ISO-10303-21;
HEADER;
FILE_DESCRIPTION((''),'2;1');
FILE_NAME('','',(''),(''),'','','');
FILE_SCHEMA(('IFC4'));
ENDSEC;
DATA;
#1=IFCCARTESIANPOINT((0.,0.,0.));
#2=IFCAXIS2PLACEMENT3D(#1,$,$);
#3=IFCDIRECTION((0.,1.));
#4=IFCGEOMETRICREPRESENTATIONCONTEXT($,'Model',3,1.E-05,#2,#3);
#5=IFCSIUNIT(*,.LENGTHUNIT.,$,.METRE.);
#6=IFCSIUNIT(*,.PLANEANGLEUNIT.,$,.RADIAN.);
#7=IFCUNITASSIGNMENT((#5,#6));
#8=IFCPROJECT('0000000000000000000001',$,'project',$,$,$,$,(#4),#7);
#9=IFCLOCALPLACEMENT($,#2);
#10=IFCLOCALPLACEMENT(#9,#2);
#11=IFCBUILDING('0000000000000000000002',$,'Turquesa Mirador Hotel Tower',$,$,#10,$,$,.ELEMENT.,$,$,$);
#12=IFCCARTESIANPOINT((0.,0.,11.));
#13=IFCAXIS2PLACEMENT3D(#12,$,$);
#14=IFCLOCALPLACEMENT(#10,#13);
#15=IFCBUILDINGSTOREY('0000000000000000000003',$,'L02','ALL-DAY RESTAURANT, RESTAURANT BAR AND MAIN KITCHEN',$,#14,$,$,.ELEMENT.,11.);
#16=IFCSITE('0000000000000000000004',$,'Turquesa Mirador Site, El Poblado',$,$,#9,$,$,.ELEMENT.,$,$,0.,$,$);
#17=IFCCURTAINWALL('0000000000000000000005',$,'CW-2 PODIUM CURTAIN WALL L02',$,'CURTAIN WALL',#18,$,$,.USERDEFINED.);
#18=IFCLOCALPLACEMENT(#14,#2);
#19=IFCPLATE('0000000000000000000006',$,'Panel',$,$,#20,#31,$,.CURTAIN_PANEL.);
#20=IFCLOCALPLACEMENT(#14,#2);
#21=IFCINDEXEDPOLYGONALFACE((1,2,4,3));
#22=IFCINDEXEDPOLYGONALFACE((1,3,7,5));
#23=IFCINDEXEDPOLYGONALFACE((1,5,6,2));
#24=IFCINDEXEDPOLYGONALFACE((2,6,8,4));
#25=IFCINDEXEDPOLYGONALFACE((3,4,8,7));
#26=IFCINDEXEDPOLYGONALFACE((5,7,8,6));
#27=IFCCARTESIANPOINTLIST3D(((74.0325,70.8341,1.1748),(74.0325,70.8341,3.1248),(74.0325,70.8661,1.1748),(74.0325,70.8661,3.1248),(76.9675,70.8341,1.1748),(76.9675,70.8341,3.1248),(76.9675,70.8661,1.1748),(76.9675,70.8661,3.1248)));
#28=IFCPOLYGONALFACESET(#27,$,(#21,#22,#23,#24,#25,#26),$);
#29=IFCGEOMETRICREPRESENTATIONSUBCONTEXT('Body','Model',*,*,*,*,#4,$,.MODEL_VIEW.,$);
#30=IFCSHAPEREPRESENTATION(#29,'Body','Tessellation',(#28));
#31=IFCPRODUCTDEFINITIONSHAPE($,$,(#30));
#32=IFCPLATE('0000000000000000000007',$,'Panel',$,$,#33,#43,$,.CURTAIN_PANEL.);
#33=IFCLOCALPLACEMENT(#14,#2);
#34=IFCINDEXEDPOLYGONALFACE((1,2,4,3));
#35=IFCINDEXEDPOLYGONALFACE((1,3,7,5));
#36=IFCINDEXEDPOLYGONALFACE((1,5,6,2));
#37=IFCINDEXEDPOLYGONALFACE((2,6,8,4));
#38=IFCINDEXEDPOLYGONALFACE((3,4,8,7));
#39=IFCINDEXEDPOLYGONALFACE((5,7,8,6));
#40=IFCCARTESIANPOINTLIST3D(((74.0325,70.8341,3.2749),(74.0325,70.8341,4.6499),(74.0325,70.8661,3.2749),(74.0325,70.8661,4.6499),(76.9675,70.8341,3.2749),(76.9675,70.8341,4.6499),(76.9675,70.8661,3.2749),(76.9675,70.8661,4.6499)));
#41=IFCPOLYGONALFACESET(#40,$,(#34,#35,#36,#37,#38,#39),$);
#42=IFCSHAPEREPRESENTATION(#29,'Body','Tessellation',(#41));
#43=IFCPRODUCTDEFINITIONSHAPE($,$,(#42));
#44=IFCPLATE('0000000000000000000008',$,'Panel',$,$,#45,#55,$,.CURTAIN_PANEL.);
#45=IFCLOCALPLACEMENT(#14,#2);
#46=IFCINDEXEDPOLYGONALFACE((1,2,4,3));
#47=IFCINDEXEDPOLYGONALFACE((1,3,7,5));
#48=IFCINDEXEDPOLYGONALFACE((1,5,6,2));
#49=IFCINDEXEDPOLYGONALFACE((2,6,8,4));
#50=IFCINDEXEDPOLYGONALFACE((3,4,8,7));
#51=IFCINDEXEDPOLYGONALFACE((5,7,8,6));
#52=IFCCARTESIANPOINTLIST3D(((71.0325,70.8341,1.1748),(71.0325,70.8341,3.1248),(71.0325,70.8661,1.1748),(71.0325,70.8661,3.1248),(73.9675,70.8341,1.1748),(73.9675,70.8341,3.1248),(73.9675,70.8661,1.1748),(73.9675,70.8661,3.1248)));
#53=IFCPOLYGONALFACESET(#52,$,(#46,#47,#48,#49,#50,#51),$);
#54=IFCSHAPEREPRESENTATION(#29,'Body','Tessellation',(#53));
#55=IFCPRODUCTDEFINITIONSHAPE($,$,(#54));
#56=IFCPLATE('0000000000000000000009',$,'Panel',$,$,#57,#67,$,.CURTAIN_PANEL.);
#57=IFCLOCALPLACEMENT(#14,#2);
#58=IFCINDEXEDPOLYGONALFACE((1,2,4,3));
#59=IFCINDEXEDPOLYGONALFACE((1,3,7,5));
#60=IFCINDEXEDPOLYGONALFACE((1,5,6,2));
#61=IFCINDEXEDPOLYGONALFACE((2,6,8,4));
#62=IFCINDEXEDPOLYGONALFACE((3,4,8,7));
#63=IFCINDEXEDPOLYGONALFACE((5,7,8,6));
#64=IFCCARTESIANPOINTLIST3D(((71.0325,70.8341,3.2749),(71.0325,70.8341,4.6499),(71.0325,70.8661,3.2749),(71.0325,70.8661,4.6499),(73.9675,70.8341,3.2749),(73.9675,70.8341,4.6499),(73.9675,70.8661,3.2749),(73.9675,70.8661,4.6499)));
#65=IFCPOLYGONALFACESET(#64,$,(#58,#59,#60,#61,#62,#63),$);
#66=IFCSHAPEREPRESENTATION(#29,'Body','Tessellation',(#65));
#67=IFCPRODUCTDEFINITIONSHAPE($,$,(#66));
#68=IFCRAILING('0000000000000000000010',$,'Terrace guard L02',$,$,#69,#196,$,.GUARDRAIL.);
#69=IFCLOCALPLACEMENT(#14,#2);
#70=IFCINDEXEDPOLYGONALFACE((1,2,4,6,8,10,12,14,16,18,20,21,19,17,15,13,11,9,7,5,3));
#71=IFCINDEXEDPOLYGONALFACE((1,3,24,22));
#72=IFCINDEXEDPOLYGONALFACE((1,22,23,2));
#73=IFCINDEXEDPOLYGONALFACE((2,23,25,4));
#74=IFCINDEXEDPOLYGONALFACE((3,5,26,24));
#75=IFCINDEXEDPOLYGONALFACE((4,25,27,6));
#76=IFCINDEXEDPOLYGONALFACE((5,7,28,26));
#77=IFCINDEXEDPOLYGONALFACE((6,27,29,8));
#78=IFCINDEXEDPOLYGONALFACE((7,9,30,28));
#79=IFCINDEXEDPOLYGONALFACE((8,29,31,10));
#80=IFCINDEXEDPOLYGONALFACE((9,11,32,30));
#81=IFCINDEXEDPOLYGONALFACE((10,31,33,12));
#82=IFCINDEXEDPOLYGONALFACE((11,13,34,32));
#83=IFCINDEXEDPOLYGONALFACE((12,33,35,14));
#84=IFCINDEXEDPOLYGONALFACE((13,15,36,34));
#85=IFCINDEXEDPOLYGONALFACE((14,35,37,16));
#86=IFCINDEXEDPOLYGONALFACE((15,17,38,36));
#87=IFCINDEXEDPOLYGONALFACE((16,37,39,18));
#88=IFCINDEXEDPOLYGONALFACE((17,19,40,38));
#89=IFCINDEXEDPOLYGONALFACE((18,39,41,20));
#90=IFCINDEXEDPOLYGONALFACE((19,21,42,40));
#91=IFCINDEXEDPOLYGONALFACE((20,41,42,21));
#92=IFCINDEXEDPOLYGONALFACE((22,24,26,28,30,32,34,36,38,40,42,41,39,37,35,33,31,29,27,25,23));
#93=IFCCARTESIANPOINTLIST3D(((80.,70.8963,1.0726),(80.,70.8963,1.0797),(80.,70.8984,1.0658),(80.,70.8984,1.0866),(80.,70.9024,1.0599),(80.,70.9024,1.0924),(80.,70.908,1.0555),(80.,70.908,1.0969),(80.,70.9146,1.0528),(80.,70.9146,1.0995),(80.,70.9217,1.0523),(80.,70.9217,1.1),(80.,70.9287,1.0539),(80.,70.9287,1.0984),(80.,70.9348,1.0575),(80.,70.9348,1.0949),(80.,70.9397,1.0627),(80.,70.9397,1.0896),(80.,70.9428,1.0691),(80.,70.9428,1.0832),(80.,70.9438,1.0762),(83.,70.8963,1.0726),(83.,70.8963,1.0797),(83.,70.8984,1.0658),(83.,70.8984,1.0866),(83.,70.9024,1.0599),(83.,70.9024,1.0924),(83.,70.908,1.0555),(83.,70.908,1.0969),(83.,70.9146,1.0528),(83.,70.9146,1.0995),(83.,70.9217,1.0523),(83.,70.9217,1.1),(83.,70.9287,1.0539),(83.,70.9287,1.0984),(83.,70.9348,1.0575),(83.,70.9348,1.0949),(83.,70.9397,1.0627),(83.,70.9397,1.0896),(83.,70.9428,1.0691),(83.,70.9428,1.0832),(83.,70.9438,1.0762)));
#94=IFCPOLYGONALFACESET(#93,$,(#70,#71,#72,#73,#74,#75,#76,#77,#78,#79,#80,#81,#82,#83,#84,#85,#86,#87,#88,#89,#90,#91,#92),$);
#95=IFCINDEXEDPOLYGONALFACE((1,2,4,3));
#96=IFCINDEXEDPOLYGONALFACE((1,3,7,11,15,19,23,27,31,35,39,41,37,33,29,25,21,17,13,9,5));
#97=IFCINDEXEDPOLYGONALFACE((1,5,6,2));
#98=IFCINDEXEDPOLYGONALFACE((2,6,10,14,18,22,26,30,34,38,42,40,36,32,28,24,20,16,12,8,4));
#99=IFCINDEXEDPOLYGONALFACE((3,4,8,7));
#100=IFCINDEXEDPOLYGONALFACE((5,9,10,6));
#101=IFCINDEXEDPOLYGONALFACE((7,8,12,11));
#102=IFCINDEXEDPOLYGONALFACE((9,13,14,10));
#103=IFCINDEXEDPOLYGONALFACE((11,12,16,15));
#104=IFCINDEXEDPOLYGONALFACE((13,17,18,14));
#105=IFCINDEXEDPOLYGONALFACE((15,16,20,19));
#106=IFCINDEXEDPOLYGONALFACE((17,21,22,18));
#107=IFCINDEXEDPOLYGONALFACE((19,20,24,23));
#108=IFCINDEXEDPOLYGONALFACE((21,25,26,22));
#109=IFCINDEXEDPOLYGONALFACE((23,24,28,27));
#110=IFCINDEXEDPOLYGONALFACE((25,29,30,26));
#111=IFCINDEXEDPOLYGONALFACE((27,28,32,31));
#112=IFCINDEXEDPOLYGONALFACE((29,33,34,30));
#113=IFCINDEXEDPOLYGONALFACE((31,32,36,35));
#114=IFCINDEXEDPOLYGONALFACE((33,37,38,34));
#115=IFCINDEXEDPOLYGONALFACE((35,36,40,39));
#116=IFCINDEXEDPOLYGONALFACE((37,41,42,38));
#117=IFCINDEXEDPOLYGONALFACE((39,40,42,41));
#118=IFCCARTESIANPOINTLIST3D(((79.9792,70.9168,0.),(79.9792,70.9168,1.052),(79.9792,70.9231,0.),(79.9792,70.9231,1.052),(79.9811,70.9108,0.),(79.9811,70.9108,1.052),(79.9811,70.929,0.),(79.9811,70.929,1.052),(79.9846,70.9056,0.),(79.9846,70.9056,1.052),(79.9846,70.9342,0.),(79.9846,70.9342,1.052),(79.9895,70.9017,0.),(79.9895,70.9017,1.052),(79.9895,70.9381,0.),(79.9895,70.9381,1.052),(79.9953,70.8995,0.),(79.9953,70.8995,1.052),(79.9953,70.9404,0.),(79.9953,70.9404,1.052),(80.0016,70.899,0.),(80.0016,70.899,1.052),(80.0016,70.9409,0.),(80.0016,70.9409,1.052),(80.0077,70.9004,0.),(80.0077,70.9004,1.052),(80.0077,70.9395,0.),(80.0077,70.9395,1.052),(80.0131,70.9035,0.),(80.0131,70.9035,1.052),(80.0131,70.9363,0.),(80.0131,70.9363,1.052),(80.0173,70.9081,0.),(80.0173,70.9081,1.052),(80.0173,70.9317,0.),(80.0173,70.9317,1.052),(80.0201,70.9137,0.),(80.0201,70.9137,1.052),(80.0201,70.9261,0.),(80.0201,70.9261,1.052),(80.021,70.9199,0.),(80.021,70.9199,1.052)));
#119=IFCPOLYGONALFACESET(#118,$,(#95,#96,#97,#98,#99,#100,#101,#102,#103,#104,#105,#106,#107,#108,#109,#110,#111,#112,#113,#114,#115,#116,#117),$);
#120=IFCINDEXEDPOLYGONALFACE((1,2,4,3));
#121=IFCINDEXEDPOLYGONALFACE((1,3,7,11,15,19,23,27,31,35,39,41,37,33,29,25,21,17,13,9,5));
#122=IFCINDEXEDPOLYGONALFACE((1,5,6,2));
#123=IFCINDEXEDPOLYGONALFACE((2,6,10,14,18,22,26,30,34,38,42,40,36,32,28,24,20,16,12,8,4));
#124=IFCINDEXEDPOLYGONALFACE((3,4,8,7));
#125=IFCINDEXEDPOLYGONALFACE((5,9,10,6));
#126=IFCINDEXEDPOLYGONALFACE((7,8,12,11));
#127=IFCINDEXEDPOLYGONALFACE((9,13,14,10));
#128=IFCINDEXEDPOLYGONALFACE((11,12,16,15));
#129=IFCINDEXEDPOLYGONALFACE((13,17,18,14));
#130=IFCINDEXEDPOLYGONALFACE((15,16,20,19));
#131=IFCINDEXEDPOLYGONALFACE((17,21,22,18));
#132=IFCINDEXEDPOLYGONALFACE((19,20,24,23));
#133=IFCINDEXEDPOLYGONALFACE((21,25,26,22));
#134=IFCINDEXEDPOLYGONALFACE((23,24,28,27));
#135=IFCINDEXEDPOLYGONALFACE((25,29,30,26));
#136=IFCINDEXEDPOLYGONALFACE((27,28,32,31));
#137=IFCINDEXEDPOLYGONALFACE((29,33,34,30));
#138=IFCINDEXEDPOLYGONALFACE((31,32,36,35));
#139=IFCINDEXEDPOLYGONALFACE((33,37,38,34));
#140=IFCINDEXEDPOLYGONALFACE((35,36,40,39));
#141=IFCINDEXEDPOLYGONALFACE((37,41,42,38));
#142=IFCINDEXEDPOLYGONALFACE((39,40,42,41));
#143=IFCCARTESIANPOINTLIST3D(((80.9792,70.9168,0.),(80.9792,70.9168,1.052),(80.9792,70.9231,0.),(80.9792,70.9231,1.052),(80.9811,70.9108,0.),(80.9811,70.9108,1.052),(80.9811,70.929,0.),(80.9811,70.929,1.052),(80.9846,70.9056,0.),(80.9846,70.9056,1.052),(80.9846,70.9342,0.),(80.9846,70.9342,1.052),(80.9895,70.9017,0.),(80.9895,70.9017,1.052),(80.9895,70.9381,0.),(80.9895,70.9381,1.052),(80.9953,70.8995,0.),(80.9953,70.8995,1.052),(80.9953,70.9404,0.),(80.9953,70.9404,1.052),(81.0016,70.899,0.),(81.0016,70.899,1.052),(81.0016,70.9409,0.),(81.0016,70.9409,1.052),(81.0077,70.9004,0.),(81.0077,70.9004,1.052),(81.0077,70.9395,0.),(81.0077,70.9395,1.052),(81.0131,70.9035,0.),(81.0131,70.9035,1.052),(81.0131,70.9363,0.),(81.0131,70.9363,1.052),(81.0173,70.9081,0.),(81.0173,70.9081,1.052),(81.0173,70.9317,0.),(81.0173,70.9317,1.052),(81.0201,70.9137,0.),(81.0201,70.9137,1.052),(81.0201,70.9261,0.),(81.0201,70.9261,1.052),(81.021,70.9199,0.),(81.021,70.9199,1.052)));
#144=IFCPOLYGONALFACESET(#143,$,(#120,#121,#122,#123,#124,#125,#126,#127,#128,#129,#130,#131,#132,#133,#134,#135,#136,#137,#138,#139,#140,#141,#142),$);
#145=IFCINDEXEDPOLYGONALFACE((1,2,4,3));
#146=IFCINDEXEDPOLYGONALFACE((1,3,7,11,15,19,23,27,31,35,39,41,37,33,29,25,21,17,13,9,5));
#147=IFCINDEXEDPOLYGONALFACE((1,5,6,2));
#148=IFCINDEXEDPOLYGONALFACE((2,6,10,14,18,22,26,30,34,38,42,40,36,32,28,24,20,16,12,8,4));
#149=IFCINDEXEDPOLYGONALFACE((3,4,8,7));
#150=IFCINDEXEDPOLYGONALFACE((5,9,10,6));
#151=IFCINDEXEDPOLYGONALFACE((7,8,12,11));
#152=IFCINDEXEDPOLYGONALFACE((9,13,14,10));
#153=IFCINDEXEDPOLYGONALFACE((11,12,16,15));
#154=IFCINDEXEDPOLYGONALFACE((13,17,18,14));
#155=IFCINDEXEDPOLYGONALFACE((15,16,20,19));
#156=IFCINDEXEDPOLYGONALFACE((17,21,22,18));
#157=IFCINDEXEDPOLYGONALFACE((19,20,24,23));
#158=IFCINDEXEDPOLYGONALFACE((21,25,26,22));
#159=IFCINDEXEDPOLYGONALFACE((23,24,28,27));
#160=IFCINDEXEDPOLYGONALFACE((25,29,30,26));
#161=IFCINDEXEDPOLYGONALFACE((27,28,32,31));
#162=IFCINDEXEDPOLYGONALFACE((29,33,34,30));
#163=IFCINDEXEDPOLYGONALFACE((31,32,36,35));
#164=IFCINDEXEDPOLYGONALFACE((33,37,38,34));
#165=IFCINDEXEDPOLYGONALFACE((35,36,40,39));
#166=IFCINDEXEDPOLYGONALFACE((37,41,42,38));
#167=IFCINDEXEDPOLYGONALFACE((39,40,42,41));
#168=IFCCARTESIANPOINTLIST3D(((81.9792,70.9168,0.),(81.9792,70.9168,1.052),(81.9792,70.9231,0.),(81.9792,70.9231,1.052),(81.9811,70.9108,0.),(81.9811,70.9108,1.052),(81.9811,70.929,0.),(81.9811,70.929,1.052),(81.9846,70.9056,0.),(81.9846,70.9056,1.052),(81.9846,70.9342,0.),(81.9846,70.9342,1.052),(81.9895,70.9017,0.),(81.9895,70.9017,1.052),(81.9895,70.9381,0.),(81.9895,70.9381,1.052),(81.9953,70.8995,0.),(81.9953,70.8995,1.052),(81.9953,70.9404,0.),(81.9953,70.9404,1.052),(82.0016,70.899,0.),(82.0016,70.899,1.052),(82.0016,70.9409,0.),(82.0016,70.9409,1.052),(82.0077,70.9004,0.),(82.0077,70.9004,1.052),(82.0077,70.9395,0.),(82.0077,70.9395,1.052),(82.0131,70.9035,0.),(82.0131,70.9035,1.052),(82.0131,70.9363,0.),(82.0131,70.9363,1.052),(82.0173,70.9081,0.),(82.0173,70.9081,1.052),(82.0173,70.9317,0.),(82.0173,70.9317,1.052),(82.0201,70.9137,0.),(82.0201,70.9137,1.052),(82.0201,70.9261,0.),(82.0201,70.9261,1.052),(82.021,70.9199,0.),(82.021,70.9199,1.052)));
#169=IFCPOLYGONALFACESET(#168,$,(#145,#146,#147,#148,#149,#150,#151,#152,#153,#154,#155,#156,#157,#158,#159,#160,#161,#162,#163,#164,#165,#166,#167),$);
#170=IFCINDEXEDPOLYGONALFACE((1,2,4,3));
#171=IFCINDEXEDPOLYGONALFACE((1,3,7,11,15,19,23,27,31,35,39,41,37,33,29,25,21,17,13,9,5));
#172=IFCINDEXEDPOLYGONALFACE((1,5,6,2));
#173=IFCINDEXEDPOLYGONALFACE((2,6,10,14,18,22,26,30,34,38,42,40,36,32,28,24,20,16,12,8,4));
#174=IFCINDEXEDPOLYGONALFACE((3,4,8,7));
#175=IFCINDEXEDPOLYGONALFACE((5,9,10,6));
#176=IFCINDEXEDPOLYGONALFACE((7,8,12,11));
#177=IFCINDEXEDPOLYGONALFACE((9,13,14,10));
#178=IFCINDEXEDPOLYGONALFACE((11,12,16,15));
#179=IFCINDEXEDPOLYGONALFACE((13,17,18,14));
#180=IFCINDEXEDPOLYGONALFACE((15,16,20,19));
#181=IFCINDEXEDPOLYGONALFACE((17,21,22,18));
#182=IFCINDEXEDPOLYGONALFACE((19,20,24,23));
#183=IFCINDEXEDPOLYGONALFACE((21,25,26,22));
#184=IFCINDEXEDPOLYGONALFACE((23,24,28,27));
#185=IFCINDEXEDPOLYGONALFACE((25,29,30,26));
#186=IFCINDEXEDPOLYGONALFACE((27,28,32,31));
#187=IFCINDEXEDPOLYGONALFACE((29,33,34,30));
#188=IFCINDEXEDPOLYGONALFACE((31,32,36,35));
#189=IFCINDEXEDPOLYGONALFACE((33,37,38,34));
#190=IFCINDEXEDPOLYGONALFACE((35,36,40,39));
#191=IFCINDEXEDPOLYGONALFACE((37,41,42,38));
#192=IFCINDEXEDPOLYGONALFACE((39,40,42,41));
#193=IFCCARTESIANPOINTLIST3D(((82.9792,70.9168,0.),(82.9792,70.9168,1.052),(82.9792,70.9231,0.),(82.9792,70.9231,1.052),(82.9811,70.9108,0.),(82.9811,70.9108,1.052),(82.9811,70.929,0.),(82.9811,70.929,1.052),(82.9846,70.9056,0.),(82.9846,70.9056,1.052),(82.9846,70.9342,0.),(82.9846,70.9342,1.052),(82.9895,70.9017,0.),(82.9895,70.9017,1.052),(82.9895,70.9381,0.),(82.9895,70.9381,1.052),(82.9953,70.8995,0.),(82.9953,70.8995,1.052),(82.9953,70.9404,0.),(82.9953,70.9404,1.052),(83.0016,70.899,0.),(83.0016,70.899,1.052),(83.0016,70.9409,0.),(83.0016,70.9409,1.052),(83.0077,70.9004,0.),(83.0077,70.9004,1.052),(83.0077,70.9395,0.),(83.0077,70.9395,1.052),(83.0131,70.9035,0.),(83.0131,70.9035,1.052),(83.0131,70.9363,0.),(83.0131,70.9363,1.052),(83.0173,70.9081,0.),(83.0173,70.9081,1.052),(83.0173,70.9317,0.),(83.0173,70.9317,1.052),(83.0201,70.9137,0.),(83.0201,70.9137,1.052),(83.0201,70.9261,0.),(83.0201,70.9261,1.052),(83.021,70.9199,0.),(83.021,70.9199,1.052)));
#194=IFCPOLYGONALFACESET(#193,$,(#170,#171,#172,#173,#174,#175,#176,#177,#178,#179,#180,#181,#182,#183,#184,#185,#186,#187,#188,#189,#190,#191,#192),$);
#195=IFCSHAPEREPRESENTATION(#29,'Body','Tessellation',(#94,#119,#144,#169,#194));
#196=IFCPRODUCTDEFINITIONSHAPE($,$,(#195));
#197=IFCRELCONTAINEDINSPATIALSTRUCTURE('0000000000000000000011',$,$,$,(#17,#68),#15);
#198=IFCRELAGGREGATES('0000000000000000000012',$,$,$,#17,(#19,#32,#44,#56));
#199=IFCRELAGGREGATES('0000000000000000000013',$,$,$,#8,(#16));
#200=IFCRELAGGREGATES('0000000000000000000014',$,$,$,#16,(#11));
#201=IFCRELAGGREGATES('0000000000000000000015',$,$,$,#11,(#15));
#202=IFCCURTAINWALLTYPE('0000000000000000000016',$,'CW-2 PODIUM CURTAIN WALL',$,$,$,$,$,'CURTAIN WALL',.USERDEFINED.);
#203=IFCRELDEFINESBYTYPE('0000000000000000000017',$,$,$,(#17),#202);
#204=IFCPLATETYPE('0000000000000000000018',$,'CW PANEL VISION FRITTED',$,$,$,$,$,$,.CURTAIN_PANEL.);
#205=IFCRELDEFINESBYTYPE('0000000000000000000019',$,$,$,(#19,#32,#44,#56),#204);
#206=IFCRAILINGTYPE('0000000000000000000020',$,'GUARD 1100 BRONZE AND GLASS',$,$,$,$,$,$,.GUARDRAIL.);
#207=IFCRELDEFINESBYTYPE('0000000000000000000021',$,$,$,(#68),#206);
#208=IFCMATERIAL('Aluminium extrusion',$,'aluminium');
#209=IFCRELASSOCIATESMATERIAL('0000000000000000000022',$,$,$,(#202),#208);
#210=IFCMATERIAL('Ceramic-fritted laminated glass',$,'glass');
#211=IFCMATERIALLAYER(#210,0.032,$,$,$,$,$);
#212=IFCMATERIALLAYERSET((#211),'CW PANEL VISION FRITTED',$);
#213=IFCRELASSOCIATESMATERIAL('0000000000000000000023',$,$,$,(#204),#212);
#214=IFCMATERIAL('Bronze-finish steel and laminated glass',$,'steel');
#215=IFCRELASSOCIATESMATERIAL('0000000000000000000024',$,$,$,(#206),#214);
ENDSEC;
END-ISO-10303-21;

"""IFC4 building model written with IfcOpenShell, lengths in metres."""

from ifc_helpers import new_model, si_unit, direction, frame, origin, origin_2d, place, context, subcontext, project, spatial, rectangle, circle, extrude, material, layer, layer_set, type_object, element, aggregate, save


model = new_model("IFC4")

# Units and contexts
model_context = context("Model", 3, precision=1e-05, world=origin(), true_north=direction((0.0, 1.0)))
body_context = subcontext(model_context, "Body", "Model", "MODEL_VIEW")
ifc_project = project(units=[si_unit("LENGTHUNIT", "METRE"), si_unit("PLANEANGLEUNIT", "RADIAN")], contexts=[model_context])

# Site, building, storey
site_placement = place(None, origin())
site = spatial("IfcSite", under=ifc_project, at=site_placement, Name="Turquesa Mirador Site, El Poblado", CompositionType="ELEMENT", RefElevation=0.0)
building_placement = place(site_placement, origin())
building = spatial("IfcBuilding", under=site, at=building_placement, Name="Turquesa Mirador Hotel Tower", CompositionType="ELEMENT")
storey_placement = place(building_placement, frame((0.0, 0.0, 11.0)))
storey = spatial("IfcBuildingStorey", under=building, at=storey_placement, Name="L02", Description="ALL-DAY RESTAURANT, RESTAURANT BAR AND MAIN KITCHEN", CompositionType="ELEMENT", Elevation=11.0)

# Curtain wall
ifc_material_1 = material(Name="Aluminium extrusion", Category="aluminium")
curtain_wall_type = type_object("IfcCurtainWallType", Name="CW-2 PODIUM CURTAIN WALL", ElementType="CURTAIN WALL", PredefinedType="USERDEFINED", material=ifc_material_1)
curtain_wall_1_placement = place(storey_placement, origin())
curtain_wall_1 = element("IfcCurtainWall", 1, at=curtain_wall_1_placement, inside=storey, type_object=curtain_wall_type, Name="CW-2 PODIUM CURTAIN WALL L02", ObjectType="CURTAIN WALL", PredefinedType="USERDEFINED")

# Plates
ifc_material_2 = material(Name="Ceramic-fritted laminated glass", Category="glass")
ifc_layer_1 = layer(ifc_material_2, 0.032)
ifc_layer_set_1 = layer_set([ifc_layer_1], Name="CW PANEL VISION FRITTED")
plate_type_1 = type_object("IfcPlateType", Name="CW PANEL VISION FRITTED", PredefinedType="CURTAIN_PANEL", material=ifc_layer_set_1)
plate_1_placement = place(storey_placement, frame((75.5, 70.8501, 1.1748), z_axis=(0.0, 0.0, 1.0), x_axis=(-1.0, 0.0, 0.0)))
plate_1 = element("IfcPlate", 2, at=plate_1_placement, type_object=plate_type_1, Name="Panel", PredefinedType="CURTAIN_PANEL", context=body_context, shape_type="SweptSolid", body=[
    extrude(rectangle(XDim=2.9351, YDim=0.032, at=origin_2d()), origin(), (0.0, 0.0, 1.0), 1.95),
])
plate_2_placement = place(storey_placement, frame((75.5, 70.8501, 3.2749), z_axis=(0.0, 0.0, 1.0), x_axis=(-1.0, 0.0, 0.0)))
plate_2 = element("IfcPlate", 3, at=plate_2_placement, type_object=plate_type_1, Name="Panel", PredefinedType="CURTAIN_PANEL", context=body_context, shape_type="SweptSolid", body=[
    extrude(rectangle(XDim=2.9351, YDim=0.032, at=origin_2d()), origin(), (0.0, 0.0, 1.0), 1.375),
])
plate_3_placement = place(storey_placement, frame((72.5, 70.8501, 1.1748), z_axis=(0.0, 0.0, 1.0), x_axis=(-1.0, 0.0, 0.0)))
plate_3 = element("IfcPlate", 4, at=plate_3_placement, type_object=plate_type_1, Name="Panel", PredefinedType="CURTAIN_PANEL", context=body_context, shape_type="SweptSolid", body=[
    extrude(rectangle(XDim=2.9351, YDim=0.032, at=origin_2d()), origin(), (0.0, 0.0, 1.0), 1.95),
])
plate_4_placement = place(storey_placement, frame((72.5, 70.8501, 3.2749), z_axis=(0.0, 0.0, 1.0), x_axis=(-1.0, 0.0, 0.0)))
plate_4 = element("IfcPlate", 5, at=plate_4_placement, type_object=plate_type_1, Name="Panel", PredefinedType="CURTAIN_PANEL", context=body_context, shape_type="SweptSolid", body=[
    extrude(rectangle(XDim=2.9351, YDim=0.032, at=origin_2d()), origin(), (0.0, 0.0, 1.0), 1.375),
])
aggregate(curtain_wall_1, [plate_1, plate_2, plate_3, plate_4])

# Railing
ifc_material_3 = material(Name="Bronze-finish steel and laminated glass", Category="steel")
railing_type = type_object("IfcRailingType", Name="GUARD 1100 BRONZE AND GLASS", PredefinedType="GUARDRAIL", material=ifc_material_3)
railing_1_placement = place(storey_placement, frame((80.0, 70.9199, 0.0)))
element("IfcRailing", 6, at=railing_1_placement, inside=storey, type_object=railing_type, Name="Terrace guard L02", PredefinedType="GUARDRAIL", context=body_context, shape_type="SweptSolid", body=[
    extrude(circle(Radius=0.0239, at=origin_2d()), frame((0.0, 0.0, 1.0762), z_axis=(1.0, 0.0, 0.0), x_axis=(0.0, 1.0, 0.0)), (0.0, 0.0, 1.0), 3.0),
    extrude(circle(Radius=0.021, at=origin_2d()), origin(), (0.0, 0.0, 1.0), 1.052),
    extrude(circle(Radius=0.021, at=origin_2d()), frame((1.0, 0.0, 0.0)), (0.0, 0.0, 1.0), 1.052),
    extrude(circle(Radius=0.021, at=origin_2d()), frame((2.0, 0.0, 0.0)), (0.0, 0.0, 1.0), 1.052),
    extrude(circle(Radius=0.021, at=origin_2d()), frame((3.0, 0.0, 0.0)), (0.0, 0.0, 1.0), 1.052),
])

save(model, "model.ifc")
